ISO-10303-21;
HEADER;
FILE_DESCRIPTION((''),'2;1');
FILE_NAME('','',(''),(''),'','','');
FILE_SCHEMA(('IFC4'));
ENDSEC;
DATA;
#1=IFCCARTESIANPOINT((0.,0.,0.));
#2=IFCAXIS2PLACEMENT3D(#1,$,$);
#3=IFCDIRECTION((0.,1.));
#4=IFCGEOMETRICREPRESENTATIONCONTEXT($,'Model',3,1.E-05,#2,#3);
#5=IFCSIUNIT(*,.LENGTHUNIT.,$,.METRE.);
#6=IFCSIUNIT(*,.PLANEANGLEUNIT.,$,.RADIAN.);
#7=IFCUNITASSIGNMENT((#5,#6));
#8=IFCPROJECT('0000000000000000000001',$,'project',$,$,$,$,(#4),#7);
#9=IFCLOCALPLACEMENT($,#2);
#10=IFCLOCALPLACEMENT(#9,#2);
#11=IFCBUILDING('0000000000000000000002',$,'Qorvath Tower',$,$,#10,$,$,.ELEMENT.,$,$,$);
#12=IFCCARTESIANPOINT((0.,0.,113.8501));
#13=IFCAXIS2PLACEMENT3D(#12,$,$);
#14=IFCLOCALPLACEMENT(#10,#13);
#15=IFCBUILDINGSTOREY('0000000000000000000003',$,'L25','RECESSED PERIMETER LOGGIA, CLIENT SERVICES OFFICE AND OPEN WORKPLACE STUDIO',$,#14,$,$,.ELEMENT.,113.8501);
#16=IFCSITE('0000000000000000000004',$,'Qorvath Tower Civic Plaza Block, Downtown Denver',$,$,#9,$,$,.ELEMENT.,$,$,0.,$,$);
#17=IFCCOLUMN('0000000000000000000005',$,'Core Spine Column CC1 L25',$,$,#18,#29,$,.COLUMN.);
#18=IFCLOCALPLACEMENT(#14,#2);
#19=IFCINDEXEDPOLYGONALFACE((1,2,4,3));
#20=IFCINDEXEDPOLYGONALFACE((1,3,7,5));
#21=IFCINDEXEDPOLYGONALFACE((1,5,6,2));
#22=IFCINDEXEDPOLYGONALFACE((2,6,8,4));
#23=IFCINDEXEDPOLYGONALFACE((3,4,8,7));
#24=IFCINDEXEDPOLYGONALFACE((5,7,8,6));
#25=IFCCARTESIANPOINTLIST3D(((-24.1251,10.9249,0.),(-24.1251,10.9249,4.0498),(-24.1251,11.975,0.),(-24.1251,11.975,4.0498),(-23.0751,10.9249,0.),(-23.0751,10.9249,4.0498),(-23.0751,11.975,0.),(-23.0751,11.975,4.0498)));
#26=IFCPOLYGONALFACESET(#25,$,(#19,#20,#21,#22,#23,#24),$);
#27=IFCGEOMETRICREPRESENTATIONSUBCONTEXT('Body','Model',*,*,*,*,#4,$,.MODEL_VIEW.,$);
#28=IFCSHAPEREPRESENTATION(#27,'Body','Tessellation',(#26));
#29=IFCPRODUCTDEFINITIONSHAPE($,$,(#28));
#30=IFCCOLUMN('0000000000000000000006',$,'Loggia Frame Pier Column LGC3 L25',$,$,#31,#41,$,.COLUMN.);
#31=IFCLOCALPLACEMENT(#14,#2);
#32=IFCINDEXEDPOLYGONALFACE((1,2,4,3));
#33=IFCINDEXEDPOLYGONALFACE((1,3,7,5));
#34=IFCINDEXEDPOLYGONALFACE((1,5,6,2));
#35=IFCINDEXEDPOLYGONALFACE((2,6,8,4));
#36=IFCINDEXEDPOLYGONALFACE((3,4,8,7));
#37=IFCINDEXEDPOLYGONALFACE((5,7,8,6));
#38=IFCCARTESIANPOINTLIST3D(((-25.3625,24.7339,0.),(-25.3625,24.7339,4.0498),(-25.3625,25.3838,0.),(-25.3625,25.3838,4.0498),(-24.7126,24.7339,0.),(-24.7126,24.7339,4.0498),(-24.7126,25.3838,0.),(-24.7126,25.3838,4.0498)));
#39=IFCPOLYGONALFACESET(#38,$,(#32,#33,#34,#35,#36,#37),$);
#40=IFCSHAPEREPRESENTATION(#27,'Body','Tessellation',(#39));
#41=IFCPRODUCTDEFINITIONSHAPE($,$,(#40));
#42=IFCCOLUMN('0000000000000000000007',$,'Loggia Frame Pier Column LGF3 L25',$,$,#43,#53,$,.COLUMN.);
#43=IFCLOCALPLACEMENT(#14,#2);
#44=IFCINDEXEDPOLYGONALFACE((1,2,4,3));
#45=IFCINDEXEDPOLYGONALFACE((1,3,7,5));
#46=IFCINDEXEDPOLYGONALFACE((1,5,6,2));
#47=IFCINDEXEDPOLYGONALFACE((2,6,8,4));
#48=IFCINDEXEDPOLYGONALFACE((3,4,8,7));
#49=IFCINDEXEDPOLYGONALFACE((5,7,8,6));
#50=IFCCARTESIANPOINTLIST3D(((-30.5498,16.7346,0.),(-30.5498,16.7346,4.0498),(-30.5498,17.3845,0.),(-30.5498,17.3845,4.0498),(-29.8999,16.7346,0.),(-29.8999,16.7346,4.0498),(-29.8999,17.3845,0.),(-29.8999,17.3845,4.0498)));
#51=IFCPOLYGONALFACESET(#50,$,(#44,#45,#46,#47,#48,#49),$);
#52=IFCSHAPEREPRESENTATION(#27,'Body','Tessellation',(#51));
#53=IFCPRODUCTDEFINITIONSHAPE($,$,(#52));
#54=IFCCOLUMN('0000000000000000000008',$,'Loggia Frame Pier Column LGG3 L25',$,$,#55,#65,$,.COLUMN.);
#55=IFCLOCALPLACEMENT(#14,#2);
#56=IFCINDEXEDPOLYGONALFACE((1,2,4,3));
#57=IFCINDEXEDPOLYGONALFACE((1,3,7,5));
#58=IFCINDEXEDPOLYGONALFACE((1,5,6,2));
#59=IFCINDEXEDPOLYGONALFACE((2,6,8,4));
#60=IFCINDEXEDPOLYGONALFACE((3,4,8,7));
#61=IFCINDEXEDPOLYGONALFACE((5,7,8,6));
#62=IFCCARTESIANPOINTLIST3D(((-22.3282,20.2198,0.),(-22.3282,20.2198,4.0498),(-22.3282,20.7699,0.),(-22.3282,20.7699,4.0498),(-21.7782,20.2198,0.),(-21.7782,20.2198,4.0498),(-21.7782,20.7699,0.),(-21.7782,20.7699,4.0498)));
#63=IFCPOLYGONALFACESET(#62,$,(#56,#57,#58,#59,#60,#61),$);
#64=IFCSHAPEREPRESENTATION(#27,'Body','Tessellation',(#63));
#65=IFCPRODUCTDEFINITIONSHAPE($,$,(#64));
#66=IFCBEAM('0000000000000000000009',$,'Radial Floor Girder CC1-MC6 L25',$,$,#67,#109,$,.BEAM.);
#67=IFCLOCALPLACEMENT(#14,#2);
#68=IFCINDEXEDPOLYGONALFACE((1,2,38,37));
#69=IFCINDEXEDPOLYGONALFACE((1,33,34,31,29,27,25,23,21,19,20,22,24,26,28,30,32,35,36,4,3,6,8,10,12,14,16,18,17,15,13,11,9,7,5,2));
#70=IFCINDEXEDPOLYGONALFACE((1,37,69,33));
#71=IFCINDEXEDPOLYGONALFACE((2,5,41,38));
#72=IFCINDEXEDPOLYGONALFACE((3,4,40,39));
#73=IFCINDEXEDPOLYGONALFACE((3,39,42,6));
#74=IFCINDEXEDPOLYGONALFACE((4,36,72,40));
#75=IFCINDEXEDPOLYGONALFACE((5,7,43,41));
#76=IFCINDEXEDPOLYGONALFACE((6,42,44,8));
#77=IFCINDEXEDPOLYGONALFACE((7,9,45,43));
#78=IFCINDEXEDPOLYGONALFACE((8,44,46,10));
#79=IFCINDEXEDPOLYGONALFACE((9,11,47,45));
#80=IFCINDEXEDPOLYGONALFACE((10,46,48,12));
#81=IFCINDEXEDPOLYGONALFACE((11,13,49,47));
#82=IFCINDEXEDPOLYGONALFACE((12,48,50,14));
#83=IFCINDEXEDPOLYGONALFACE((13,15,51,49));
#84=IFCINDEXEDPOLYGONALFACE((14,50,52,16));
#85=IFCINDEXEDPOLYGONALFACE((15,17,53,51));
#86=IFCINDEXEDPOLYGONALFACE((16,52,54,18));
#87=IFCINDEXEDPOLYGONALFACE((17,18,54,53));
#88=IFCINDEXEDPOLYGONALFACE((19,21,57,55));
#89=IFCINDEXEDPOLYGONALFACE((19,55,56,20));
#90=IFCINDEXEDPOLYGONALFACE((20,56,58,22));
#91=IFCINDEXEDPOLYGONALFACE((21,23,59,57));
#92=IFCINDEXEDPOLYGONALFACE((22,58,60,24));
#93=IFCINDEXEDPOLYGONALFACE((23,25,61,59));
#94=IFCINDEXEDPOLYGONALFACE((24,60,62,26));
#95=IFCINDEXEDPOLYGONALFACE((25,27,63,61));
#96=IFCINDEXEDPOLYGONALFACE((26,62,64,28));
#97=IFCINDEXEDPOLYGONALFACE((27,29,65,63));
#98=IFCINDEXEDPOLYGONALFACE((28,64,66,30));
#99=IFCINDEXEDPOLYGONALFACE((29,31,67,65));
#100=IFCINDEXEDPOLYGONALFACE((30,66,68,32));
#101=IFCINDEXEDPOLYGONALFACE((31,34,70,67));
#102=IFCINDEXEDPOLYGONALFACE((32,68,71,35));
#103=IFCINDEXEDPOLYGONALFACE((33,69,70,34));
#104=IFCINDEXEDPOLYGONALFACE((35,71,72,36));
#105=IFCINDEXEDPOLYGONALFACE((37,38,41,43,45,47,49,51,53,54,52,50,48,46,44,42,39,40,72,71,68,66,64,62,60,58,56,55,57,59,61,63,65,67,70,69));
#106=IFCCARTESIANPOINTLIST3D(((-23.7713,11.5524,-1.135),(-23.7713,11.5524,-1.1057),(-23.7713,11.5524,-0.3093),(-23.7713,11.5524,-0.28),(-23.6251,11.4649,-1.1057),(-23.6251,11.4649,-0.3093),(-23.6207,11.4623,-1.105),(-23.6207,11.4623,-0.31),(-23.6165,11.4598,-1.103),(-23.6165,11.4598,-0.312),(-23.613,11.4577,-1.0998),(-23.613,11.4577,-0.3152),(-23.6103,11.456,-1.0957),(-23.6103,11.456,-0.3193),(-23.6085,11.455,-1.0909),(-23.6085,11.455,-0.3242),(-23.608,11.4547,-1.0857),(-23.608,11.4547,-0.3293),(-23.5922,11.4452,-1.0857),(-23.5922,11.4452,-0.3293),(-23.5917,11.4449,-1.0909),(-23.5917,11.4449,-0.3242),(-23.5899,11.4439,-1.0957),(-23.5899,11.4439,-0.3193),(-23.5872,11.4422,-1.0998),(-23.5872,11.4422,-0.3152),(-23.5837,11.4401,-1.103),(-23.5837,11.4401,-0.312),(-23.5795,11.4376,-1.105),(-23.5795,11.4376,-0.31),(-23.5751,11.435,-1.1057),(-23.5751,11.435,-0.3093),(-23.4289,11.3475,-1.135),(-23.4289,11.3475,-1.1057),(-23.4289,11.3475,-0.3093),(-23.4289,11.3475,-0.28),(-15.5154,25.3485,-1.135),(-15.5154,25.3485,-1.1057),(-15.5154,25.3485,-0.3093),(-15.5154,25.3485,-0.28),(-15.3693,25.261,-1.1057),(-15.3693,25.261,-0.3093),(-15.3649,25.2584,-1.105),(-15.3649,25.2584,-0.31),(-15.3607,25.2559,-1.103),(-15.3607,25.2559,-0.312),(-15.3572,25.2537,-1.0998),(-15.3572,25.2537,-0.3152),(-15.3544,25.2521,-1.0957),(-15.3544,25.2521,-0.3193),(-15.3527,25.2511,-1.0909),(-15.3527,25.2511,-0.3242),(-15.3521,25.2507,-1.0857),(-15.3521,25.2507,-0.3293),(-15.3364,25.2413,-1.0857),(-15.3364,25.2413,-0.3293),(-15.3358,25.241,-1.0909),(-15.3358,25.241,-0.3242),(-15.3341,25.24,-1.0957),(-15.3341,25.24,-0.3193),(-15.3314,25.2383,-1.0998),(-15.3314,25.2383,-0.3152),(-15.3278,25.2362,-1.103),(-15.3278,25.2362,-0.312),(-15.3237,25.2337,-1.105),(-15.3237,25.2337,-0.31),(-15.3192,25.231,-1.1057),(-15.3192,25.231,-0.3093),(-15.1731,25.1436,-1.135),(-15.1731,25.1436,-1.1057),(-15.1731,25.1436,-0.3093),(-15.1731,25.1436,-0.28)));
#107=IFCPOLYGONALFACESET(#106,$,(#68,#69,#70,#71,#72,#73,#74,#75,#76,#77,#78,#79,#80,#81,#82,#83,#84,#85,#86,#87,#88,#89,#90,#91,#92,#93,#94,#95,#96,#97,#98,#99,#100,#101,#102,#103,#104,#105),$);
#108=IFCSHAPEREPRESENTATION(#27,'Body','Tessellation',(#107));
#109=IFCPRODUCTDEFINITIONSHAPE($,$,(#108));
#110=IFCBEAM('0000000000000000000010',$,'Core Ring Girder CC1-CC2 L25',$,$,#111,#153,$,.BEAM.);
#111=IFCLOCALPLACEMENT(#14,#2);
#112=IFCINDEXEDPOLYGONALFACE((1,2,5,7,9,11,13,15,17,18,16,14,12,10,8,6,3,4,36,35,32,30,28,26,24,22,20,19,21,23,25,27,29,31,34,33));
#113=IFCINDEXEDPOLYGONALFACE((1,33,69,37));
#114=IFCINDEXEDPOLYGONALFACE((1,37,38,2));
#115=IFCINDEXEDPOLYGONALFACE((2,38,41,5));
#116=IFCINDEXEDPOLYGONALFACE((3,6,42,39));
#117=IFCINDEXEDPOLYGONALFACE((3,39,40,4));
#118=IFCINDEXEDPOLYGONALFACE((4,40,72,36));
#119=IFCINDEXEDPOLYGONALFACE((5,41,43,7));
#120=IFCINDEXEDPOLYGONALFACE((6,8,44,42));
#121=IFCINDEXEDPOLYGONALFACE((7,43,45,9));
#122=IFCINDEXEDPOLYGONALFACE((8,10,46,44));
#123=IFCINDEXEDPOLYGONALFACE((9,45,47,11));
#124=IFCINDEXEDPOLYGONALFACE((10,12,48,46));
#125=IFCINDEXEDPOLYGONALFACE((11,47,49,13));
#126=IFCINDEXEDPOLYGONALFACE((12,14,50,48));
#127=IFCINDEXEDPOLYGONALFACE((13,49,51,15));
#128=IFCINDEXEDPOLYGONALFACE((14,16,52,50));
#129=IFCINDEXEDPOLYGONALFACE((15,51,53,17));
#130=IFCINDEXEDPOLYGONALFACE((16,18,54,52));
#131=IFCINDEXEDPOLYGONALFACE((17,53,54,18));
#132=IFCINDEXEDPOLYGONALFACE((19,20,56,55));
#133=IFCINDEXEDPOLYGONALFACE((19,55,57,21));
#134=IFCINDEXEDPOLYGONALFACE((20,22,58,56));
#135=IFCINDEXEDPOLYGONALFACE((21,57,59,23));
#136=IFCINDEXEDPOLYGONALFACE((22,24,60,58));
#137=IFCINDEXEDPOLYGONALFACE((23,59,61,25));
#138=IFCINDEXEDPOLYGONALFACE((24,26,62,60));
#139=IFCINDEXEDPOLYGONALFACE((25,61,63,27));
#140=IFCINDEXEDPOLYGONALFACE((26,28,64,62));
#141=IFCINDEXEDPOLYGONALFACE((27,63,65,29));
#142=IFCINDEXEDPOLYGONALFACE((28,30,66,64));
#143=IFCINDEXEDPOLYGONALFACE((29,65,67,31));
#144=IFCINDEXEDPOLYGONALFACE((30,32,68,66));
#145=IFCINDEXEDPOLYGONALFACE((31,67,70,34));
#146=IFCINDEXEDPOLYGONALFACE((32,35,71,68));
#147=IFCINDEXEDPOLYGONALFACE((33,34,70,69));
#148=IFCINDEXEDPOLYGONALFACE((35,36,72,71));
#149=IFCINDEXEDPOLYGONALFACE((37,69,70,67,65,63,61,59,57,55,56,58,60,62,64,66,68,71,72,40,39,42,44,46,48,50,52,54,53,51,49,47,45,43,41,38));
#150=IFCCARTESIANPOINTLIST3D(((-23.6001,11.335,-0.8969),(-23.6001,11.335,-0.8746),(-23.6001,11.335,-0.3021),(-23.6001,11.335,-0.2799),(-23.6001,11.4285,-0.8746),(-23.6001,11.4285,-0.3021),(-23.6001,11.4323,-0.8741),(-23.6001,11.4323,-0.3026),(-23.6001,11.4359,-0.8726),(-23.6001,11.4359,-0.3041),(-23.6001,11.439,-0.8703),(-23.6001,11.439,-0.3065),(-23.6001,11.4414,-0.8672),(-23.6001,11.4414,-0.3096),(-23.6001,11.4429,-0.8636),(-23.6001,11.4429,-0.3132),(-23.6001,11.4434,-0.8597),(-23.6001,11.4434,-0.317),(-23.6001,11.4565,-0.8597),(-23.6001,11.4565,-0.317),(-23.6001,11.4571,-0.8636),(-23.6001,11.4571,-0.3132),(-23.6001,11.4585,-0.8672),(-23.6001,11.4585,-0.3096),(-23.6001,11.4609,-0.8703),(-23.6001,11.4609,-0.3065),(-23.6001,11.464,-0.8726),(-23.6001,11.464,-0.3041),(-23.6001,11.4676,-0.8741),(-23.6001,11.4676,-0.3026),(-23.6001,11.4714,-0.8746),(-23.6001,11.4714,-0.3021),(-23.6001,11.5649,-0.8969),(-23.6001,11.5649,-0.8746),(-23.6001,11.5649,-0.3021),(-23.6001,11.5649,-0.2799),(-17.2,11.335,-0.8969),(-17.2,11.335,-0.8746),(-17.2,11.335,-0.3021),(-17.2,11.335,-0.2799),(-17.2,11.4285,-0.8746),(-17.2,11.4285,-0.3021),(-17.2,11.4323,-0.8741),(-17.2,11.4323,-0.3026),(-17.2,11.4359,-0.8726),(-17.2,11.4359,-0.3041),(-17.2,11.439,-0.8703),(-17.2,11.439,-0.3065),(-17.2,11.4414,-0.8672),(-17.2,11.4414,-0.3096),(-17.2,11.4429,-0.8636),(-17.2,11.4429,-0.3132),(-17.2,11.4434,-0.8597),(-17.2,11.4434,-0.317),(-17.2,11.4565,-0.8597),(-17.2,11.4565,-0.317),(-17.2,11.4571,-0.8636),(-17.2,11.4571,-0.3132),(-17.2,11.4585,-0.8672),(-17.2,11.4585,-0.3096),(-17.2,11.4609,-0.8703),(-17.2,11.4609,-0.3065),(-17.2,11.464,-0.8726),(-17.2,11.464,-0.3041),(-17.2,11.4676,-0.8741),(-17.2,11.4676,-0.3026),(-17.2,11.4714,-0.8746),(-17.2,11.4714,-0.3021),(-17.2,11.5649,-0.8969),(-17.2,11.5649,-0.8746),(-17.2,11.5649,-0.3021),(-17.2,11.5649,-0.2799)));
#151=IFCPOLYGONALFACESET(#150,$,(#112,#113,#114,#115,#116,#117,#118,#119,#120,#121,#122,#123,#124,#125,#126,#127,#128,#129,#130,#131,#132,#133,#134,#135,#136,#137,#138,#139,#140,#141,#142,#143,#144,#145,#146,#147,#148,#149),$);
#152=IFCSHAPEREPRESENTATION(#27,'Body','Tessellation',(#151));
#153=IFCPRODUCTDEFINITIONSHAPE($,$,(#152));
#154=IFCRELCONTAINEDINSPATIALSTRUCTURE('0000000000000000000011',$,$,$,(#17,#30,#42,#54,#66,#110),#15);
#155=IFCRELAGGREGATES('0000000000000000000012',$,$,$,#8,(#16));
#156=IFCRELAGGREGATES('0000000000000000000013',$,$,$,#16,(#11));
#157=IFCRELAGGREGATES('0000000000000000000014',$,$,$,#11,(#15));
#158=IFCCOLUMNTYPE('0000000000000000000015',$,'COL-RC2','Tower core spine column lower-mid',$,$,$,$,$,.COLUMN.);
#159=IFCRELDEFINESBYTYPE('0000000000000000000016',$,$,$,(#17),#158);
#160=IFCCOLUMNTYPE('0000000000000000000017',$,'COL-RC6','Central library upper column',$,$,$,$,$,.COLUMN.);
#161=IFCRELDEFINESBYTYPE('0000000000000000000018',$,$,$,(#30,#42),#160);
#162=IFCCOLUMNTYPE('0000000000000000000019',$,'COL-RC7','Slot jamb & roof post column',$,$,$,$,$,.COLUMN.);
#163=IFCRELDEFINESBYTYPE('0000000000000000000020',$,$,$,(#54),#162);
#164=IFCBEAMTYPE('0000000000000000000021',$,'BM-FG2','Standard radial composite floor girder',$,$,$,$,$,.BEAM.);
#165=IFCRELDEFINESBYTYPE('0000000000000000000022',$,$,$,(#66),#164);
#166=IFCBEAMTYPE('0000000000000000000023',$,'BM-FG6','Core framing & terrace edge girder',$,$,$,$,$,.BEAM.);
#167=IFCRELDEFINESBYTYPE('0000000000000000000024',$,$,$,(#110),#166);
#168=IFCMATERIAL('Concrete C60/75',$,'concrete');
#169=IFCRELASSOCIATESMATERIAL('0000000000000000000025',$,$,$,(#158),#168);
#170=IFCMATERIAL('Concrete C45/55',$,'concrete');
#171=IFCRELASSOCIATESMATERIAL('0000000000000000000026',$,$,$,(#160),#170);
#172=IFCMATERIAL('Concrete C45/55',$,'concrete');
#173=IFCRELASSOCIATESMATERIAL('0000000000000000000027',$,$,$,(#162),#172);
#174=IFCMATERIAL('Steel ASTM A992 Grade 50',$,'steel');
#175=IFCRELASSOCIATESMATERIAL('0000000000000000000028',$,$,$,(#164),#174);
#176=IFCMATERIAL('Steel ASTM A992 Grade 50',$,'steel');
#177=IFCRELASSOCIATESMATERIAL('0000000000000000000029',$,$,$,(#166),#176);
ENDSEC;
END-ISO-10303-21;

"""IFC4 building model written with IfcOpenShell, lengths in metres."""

from ifc_helpers import new_model, si_unit, direction, frame, origin, origin_2d, place, context, subcontext, project, spatial, rectangle, i_section, extrude, material, material_profile, profile_set, type_object, element, save


model = new_model("IFC4")

# Units and contexts
model_context = context("Model", 3, precision=1e-05, world=origin(), true_north=direction((0.0, 1.0)))
body_context = subcontext(model_context, "Body", "Model", "MODEL_VIEW")
ifc_project = project(units=[si_unit("LENGTHUNIT", "METRE"), si_unit("PLANEANGLEUNIT", "RADIAN")], contexts=[model_context])

# Site, building, storey
site_placement = place(None, origin())
site = spatial("IfcSite", under=ifc_project, at=site_placement, Name="Qorvath Tower Civic Plaza Block, Downtown Denver", CompositionType="ELEMENT", RefElevation=0.0)
building_placement = place(site_placement, origin())
building = spatial("IfcBuilding", under=site, at=building_placement, Name="Qorvath Tower", CompositionType="ELEMENT")
storey_placement = place(building_placement, frame((0.0, 0.0, 113.8501)))
storey = spatial("IfcBuildingStorey", under=building, at=storey_placement, Name="L25", Description="RECESSED PERIMETER LOGGIA, CLIENT SERVICES OFFICE AND OPEN WORKPLACE STUDIO", CompositionType="ELEMENT", Elevation=113.8501)

# Columns
ifc_material_1 = material(Name="Concrete C60/75", Category="concrete")
ifc_material_profile_1 = material_profile(ifc_material_1, rectangle(XDim=1.05, YDim=1.05, at=origin_2d()), Name="RC 1050x1050")
ifc_profile_set_1 = profile_set([ifc_material_profile_1], Name="Concrete C60/75")
column_type_1 = type_object("IfcColumnType", Name="COL-RC2", Description="Tower core spine column lower-mid", PredefinedType="COLUMN", material=ifc_profile_set_1)
column_1_placement = place(storey_placement, frame((-23.6001, 11.45, 0.0), z_axis=(0.0, 0.0, 1.0), x_axis=(1.0, 0.0, 0.0)))
element("IfcColumn", 1, at=column_1_placement, inside=storey, type_object=column_type_1, Name="Core Spine Column CC1 L25", PredefinedType="COLUMN", context=body_context, shape_type="SweptSolid", body=[
    extrude(rectangle(XDim=1.05, YDim=1.05, at=origin_2d()), origin(), (0.0, 0.0, 1.0), 4.0498),
])
ifc_material_2 = material(Name="Concrete C45/55", Category="concrete")
ifc_material_profile_2 = material_profile(ifc_material_2, rectangle(XDim=0.6499, YDim=0.6499, at=origin_2d()), Name="RC 650x650")
ifc_profile_set_2 = profile_set([ifc_material_profile_2], Name="Concrete C45/55")
column_type_2 = type_object("IfcColumnType", Name="COL-RC6", Description="Central library upper column", PredefinedType="COLUMN", material=ifc_profile_set_2)
for number, where, z_axis, x_axis, name in (
    (2, (-25.0376, 25.0588, 0.0), (0.0, 0.0, 1.0), (1.0, 0.0, 0.0), "Loggia Frame Pier Column LGC3 L25"),
    (3, (-30.2249, 17.0596, 0.0), (0.0, 0.0, 1.0), (1.0, 0.0, 0.0), "Loggia Frame Pier Column LGF3 L25"),
):
    element("IfcColumn", number, at=place(storey_placement, frame(where, z_axis=z_axis, x_axis=x_axis)), inside=storey, type_object=column_type_2, Name=name, PredefinedType="COLUMN", context=body_context, shape_type="SweptSolid", body=[
        extrude(rectangle(XDim=0.6499, YDim=0.6499, at=origin_2d()), origin(), (0.0, 0.0, 1.0), 4.0498),
    ])
ifc_material_3 = material(Name="Concrete C45/55", Category="concrete")
ifc_material_profile_3 = material_profile(ifc_material_3, rectangle(XDim=0.55, YDim=0.55, at=origin_2d()), Name="RC 550x550")
ifc_profile_set_3 = profile_set([ifc_material_profile_3], Name="Concrete C45/55")
column_type_3 = type_object("IfcColumnType", Name="COL-RC7", Description="Slot jamb & roof post column", PredefinedType="COLUMN", material=ifc_profile_set_3)
column_2_placement = place(storey_placement, frame((-22.0532, 20.4949, 0.0), z_axis=(0.0, 0.0, 1.0), x_axis=(1.0, 0.0, 0.0)))
element("IfcColumn", 4, at=column_2_placement, inside=storey, type_object=column_type_3, Name="Loggia Frame Pier Column LGG3 L25", PredefinedType="COLUMN", context=body_context, shape_type="SweptSolid", body=[
    extrude(rectangle(XDim=0.55, YDim=0.55, at=origin_2d()), origin(), (0.0, 0.0, 1.0), 4.0498),
])

# Beams
ifc_material_4 = material(Name="Steel ASTM A992 Grade 50", Category="steel")
ifc_material_profile_4 = material_profile(ifc_material_4, i_section(OverallWidth=0.3989, OverallDepth=0.855, WebThickness=0.0183, FlangeThickness=0.0293, FilletRadius=0.02, at=origin_2d()), Name="W33x201")
ifc_profile_set_4 = profile_set([ifc_material_profile_4], Name="Steel ASTM A992 Grade 50")
beam_type_1 = type_object("IfcBeamType", Name="BM-FG2", Description="Standard radial composite floor girder", PredefinedType="BEAM", material=ifc_profile_set_4)
beam_1_placement = place(storey_placement, frame((-23.6001, 11.45, -0.7075), z_axis=(0.513497, 0.858091, 0.0), x_axis=(-0.858091, 0.513497, 0.0)))
element("IfcBeam", 5, at=beam_1_placement, inside=storey, type_object=beam_type_1, Name="Radial Floor Girder CC1-MC6 L25", PredefinedType="BEAM", context=body_context, shape_type="SweptSolid", body=[
    extrude(i_section(OverallWidth=0.3989, OverallDepth=0.855, WebThickness=0.0183, FlangeThickness=0.0293, FilletRadius=0.02, at=origin_2d()), origin(), (0.0, 0.0, 1.0), 16.0776),
])
ifc_material_5 = material(Name="Steel ASTM A992 Grade 50", Category="steel")
ifc_material_profile_5 = material_profile(ifc_material_5, i_section(OverallWidth=0.23, OverallDepth=0.6169, WebThickness=0.0132, FlangeThickness=0.0222, FilletRadius=0.0149, at=origin_2d()), Name="W24x94")
ifc_profile_set_5 = profile_set([ifc_material_profile_5], Name="Steel ASTM A992 Grade 50")
beam_type_2 = type_object("IfcBeamType", Name="BM-FG6", Description="Core framing & terrace edge girder", PredefinedType="BEAM", material=ifc_profile_set_5)
beam_2_placement = place(storey_placement, frame((-23.6001, 11.45, -0.5884), z_axis=(1.0, 0.0, 0.0), x_axis=(0.0, 1.0, 0.0)))
element("IfcBeam", 6, at=beam_2_placement, inside=storey, type_object=beam_type_2, Name="Core Ring Girder CC1-CC2 L25", PredefinedType="BEAM", context=body_context, shape_type="SweptSolid", body=[
    extrude(i_section(OverallWidth=0.23, OverallDepth=0.6169, WebThickness=0.0132, FlangeThickness=0.0222, FilletRadius=0.0149, at=origin_2d()), origin(), (0.0, 0.0, 1.0), 6.4001),
])

save(model, "model.ifc")
